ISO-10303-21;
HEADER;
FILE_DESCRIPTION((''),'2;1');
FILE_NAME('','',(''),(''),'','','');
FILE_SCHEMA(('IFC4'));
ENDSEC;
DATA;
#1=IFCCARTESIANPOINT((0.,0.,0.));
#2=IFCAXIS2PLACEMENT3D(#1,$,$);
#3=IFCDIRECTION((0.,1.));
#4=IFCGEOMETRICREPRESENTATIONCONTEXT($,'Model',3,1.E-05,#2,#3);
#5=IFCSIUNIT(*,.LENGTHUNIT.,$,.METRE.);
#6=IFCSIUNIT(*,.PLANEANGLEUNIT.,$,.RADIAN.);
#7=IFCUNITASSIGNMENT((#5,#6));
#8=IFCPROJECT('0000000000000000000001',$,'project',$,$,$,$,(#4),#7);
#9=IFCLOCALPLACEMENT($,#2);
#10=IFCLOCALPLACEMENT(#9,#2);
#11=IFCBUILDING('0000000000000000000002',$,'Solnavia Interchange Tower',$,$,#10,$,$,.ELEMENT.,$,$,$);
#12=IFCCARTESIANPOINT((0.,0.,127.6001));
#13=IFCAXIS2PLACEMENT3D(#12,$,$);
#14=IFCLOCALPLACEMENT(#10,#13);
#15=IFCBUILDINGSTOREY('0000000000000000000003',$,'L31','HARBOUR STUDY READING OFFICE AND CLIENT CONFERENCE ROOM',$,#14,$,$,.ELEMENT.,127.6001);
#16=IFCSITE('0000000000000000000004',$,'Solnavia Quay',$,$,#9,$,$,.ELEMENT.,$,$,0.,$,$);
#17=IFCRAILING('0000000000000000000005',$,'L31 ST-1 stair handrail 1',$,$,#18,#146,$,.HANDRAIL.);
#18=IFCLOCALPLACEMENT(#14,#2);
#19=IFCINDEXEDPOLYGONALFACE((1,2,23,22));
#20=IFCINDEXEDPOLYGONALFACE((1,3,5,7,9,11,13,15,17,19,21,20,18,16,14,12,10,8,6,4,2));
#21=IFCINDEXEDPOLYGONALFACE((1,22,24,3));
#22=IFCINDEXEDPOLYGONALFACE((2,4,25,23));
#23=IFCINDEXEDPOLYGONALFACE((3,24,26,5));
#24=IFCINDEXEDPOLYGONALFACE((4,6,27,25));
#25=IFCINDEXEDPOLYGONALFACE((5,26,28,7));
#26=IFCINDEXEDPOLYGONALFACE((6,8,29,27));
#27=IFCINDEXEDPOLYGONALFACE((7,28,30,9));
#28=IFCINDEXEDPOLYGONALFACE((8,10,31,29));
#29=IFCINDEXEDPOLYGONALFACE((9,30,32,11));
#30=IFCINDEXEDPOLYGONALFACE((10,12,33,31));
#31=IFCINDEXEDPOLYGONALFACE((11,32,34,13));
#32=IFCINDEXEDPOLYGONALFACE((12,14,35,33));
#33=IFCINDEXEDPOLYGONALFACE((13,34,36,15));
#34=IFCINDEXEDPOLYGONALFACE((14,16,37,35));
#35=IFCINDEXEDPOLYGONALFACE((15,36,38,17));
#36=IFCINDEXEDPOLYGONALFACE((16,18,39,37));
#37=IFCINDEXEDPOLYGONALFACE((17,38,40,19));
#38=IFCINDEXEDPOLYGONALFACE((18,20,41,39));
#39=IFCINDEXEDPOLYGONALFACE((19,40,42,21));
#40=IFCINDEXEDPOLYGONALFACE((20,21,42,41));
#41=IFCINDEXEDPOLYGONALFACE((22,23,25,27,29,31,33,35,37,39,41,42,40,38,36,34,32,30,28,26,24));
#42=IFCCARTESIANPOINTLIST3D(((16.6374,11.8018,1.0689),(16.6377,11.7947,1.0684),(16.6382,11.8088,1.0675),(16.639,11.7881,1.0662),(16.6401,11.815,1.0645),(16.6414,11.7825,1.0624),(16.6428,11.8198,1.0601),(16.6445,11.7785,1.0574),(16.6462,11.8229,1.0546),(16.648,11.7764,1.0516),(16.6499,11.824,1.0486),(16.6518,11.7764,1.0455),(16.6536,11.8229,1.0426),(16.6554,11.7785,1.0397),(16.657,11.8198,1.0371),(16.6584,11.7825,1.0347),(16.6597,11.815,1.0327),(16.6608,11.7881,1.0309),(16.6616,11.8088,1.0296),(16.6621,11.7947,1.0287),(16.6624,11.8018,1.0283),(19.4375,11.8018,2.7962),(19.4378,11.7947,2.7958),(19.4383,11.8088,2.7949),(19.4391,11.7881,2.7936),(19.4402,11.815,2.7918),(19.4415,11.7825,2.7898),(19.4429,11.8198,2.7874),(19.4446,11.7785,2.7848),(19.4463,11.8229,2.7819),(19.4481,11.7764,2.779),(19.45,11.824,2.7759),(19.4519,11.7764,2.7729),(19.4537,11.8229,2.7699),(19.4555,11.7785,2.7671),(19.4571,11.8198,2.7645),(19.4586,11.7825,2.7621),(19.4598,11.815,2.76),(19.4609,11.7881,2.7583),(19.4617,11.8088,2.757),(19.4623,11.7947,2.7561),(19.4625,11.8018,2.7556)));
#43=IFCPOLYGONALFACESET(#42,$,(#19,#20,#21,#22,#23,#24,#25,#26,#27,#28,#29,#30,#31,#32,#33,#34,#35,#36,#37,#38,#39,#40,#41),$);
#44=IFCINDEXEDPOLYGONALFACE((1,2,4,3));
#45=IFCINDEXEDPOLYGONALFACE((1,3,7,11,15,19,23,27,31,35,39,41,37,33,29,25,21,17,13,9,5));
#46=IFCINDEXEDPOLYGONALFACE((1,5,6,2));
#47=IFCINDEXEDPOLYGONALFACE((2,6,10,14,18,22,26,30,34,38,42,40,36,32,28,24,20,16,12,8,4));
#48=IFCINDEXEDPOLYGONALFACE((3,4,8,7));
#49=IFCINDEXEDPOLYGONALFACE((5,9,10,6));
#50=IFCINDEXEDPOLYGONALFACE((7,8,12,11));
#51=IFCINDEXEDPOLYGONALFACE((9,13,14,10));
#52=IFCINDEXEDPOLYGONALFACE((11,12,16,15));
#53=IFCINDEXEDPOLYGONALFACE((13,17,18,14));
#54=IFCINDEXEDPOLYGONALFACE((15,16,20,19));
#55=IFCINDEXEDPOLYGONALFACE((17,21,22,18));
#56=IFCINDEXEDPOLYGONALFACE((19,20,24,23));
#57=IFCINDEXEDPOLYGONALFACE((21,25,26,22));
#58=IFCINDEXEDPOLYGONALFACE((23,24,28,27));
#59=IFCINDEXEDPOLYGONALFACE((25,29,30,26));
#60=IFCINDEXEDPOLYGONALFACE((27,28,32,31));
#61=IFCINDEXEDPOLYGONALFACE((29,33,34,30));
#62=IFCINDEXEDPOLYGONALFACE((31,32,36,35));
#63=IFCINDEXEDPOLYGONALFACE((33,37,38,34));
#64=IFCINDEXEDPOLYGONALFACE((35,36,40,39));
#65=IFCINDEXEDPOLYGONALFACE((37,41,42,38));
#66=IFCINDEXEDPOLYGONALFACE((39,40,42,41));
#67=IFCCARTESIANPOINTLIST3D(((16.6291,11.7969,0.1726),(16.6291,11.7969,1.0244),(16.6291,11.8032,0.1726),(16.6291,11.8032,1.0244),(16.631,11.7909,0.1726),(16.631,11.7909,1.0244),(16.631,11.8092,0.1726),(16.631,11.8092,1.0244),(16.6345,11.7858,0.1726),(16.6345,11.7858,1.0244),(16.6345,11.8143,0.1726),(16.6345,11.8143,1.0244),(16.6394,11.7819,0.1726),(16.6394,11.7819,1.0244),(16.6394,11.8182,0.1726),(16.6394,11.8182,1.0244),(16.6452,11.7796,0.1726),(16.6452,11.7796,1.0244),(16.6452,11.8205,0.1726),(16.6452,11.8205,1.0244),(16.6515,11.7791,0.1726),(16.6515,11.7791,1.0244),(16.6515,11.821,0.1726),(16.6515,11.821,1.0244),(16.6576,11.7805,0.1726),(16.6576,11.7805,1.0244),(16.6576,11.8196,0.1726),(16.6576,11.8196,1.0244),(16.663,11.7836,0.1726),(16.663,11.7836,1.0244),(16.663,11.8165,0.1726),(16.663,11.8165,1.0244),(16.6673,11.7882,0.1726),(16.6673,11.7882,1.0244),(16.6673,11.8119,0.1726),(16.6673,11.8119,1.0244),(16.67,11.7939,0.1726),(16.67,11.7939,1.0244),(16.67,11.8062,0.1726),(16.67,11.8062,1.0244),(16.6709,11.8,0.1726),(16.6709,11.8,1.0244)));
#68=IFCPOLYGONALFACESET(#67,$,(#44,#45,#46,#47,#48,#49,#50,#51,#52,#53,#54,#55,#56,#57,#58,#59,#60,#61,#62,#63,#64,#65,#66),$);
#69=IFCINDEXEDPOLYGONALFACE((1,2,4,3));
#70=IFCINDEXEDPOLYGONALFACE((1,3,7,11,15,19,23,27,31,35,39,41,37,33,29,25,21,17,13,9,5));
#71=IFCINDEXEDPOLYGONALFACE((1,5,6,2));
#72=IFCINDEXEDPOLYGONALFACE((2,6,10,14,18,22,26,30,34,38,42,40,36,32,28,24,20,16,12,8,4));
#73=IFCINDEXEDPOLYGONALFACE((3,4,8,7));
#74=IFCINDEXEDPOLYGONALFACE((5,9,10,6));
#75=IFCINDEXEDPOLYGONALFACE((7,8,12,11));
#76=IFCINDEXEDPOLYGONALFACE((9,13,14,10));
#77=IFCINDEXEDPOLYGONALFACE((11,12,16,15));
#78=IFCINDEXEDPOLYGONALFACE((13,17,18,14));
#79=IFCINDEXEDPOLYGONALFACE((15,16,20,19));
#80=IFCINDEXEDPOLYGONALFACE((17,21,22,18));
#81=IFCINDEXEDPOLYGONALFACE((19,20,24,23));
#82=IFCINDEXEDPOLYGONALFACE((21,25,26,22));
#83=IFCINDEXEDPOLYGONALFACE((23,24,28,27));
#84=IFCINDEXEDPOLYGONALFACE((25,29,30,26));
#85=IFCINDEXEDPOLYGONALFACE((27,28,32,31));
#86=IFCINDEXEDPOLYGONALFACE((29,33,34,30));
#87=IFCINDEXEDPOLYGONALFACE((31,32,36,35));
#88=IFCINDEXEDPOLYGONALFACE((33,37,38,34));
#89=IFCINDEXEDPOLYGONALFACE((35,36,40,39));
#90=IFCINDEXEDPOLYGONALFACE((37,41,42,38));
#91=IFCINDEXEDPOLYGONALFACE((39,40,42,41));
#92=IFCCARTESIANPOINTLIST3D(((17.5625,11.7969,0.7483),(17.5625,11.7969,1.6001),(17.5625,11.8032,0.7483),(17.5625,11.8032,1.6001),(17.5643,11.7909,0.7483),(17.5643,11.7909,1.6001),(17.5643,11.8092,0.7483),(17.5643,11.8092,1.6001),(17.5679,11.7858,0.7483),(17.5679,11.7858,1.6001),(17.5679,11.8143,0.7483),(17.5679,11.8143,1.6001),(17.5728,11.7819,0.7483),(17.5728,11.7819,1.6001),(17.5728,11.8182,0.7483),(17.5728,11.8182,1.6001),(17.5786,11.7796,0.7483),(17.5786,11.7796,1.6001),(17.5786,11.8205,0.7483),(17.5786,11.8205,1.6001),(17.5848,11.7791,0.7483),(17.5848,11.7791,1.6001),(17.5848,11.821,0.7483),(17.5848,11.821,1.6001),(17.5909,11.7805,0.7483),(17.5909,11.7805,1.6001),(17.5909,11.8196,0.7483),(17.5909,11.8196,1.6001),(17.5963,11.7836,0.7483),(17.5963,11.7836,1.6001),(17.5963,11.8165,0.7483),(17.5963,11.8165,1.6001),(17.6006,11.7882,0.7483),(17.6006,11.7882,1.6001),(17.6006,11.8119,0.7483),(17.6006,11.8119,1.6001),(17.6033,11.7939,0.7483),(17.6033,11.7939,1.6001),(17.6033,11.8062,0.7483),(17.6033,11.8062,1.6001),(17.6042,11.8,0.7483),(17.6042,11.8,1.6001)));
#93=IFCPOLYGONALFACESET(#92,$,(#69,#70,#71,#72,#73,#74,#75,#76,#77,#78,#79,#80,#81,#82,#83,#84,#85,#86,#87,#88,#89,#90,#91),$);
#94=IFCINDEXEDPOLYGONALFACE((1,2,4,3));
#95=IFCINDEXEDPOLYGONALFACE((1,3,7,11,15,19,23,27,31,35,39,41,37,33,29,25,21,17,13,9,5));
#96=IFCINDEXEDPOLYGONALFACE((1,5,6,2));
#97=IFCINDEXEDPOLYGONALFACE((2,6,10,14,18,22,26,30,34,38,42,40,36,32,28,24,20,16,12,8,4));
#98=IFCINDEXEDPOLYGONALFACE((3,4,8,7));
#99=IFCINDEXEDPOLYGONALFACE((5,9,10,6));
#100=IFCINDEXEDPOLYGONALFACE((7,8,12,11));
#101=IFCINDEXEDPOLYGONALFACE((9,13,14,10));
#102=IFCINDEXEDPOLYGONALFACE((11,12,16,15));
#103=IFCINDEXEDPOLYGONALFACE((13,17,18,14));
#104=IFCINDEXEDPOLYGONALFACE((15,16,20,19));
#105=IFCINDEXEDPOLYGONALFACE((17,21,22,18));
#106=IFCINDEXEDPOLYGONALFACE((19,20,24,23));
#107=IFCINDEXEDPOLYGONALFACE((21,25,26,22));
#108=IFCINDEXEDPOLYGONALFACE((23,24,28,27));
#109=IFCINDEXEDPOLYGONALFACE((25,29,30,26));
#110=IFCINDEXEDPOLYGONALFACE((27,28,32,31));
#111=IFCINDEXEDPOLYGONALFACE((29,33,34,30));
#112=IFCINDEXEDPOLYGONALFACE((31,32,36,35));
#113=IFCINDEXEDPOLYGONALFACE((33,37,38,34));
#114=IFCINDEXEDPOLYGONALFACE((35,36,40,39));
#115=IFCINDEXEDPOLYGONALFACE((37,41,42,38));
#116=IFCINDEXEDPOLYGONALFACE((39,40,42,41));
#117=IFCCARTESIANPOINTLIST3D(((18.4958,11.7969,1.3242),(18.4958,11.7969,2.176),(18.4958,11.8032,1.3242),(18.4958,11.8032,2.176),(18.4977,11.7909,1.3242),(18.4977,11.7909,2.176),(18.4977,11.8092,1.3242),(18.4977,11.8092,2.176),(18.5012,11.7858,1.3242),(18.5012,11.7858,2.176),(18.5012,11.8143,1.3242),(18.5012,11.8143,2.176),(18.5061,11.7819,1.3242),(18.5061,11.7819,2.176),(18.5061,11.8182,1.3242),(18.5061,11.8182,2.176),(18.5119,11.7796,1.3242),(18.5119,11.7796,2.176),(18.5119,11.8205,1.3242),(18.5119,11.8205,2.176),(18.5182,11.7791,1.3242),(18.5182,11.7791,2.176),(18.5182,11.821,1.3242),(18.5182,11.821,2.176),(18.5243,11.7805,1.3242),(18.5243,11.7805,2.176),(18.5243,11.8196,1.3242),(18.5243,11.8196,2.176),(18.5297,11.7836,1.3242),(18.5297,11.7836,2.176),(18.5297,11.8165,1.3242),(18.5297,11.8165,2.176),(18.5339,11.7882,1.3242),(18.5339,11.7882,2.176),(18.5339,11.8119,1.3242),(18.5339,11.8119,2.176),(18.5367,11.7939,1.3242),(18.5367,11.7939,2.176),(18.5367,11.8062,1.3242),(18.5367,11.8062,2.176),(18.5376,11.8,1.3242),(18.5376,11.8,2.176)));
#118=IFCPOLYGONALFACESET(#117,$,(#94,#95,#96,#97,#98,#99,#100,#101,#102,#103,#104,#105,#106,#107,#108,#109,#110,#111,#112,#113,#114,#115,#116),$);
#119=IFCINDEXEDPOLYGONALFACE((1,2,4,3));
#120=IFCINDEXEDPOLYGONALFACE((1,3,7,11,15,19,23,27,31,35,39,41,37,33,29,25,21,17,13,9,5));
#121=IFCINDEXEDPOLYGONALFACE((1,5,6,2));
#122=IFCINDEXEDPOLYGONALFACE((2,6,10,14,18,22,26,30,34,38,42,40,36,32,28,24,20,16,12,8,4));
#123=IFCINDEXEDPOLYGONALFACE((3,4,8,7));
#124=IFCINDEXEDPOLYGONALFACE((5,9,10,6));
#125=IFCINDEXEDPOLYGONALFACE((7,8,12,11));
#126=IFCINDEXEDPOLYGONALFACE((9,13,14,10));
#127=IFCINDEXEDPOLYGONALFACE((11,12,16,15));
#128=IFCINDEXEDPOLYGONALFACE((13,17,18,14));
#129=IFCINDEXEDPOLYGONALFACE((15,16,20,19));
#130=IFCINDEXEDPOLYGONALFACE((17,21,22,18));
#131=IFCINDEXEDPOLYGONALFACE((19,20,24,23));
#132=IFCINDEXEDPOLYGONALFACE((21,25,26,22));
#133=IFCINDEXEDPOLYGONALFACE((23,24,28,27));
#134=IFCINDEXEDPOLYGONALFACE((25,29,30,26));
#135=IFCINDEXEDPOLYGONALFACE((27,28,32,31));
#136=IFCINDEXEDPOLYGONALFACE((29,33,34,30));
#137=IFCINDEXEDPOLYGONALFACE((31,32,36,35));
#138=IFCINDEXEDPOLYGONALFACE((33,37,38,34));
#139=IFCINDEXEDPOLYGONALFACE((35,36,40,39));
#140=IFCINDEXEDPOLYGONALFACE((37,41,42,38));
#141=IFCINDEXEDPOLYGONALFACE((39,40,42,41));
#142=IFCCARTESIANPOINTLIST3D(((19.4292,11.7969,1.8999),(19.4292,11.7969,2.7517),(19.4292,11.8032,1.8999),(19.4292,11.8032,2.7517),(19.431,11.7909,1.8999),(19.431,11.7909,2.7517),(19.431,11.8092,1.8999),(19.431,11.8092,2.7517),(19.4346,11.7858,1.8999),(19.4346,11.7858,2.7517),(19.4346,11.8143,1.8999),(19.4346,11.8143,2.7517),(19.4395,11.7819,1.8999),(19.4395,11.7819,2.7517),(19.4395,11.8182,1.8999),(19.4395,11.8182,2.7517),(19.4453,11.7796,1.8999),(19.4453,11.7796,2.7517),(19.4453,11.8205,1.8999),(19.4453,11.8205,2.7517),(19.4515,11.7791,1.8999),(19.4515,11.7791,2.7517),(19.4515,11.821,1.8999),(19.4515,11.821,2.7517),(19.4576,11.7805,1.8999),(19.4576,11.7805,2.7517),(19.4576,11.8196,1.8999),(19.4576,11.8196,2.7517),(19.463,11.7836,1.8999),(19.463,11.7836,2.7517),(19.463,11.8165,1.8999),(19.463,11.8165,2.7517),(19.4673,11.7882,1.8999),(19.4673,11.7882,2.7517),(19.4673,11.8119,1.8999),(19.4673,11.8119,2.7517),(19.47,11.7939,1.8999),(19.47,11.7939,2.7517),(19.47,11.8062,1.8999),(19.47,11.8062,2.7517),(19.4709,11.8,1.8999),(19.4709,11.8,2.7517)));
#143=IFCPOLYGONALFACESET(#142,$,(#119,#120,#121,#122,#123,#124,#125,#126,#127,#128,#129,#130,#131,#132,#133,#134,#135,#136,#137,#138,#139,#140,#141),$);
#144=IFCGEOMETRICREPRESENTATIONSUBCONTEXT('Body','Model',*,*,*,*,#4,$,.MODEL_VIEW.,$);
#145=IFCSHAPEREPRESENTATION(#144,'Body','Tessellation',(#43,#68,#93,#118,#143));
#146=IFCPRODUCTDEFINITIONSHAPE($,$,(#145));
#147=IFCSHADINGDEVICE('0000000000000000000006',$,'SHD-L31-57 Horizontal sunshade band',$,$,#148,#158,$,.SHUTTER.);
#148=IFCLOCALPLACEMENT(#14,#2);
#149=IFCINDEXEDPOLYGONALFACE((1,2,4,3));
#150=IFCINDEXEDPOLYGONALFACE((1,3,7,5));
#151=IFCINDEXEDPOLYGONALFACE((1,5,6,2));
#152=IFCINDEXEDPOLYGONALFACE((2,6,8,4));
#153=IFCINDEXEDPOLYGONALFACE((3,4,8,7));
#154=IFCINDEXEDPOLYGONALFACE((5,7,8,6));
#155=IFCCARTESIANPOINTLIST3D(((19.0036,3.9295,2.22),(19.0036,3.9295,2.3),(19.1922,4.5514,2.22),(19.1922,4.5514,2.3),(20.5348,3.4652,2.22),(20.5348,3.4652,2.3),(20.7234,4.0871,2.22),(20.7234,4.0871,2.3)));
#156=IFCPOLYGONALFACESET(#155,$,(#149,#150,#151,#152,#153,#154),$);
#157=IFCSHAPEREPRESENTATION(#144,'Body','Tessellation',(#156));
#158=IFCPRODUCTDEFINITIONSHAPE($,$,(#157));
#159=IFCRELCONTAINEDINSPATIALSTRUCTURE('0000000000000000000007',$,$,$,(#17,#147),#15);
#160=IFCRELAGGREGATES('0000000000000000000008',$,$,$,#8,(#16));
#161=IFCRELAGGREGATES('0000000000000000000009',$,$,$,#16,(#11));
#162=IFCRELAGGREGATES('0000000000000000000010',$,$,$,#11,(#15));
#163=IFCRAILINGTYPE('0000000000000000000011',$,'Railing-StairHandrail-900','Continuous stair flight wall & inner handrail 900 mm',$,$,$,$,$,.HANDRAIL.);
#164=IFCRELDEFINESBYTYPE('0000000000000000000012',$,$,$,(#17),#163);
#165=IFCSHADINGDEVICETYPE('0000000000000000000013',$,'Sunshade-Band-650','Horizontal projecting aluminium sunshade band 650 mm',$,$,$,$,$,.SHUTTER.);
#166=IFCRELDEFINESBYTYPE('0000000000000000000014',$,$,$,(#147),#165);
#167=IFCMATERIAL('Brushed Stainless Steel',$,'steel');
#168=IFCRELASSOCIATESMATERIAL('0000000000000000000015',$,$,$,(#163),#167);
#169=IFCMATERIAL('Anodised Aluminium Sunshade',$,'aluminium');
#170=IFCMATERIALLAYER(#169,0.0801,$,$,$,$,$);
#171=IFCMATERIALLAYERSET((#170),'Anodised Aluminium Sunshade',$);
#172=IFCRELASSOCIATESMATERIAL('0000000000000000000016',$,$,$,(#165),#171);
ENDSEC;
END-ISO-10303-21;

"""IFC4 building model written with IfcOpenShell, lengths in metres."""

from ifc_helpers import new_model, si_unit, direction, frame, origin, origin_2d, place, context, subcontext, project, spatial, rectangle, circle, extrude, material, layer, layer_set, type_object, element, save


model = new_model("IFC4")

# Units and contexts
model_context = context("Model", 3, precision=1e-05, world=origin(), true_north=direction((0.0, 1.0)))
body_context = subcontext(model_context, "Body", "Model", "MODEL_VIEW")
ifc_project = project(units=[si_unit("LENGTHUNIT", "METRE"), si_unit("PLANEANGLEUNIT", "RADIAN")], contexts=[model_context])

# Site, building, storey
site_placement = place(None, origin())
site = spatial("IfcSite", under=ifc_project, at=site_placement, Name="Solnavia Quay", CompositionType="ELEMENT", RefElevation=0.0)
building_placement = place(site_placement, origin())
building = spatial("IfcBuilding", under=site, at=building_placement, Name="Solnavia Interchange Tower", CompositionType="ELEMENT")
storey_placement = place(building_placement, frame((0.0, 0.0, 127.6001)))
storey = spatial("IfcBuildingStorey", under=building, at=storey_placement, Name="L31", Description="HARBOUR STUDY READING OFFICE AND CLIENT CONFERENCE ROOM", CompositionType="ELEMENT", Elevation=127.6001)

# Railing
ifc_material_1 = material(Name="Brushed Stainless Steel", Category="steel")
railing_type_1 = type_object("IfcRailingType", Name="Railing-StairHandrail-900", Description="Continuous stair flight wall & inner handrail 900 mm", PredefinedType="HANDRAIL", material=ifc_material_1)
railing_1_placement = place(storey_placement, frame((16.6499, 11.8, 0.1726)))
element("IfcRailing", 1, at=railing_1_placement, inside=storey, type_object=railing_type_1, Name="L31 ST-1 stair handrail 1", PredefinedType="HANDRAIL", context=body_context, shape_type="SweptSolid", body=[
    extrude(circle(Radius=0.0239, at=origin_2d()), frame((0.0, 0.0, 0.876), z_axis=(0.85109, 0.0, 0.52502), x_axis=(0.0, 1.0, 0.0)), (0.0, 0.0, 1.0), 3.29),
    extrude(circle(Radius=0.021, at=origin_2d()), origin(), (0.0, 0.0, 1.0), 0.8518),
    extrude(circle(Radius=0.021, at=origin_2d()), frame((0.9333, 0.0, 0.5757)), (0.0, 0.0, 1.0), 0.8518),
    extrude(circle(Radius=0.021, at=origin_2d()), frame((1.8667, 0.0, 1.1516)), (0.0, 0.0, 1.0), 0.8518),
    extrude(circle(Radius=0.021, at=origin_2d()), frame((2.8, 0.0, 1.7273)), (0.0, 0.0, 1.0), 0.8518),
])

# Shading device
ifc_material_2 = material(Name="Anodised Aluminium Sunshade", Category="aluminium")
ifc_layer_1 = layer(ifc_material_2, 0.0801)
ifc_layer_set_1 = layer_set([ifc_layer_1], Name="Anodised Aluminium Sunshade")
shading_device_type = type_object("IfcShadingDeviceType", Name="Sunshade-Band-650", Description="Horizontal projecting aluminium sunshade band 650 mm", PredefinedType="SHUTTER", material=ifc_layer_set_1)
shading_device_placement = place(storey_placement, frame((19.8635, 4.0083, 2.22), z_axis=(0.0, 0.0, 1.0), x_axis=(-0.956966, 0.290201, 0.0)))
element("IfcShadingDevice", 2, at=shading_device_placement, inside=storey, type_object=shading_device_type, Name="SHD-L31-57 Horizontal sunshade band", PredefinedType="SHUTTER", context=body_context, shape_type="SweptSolid", body=[
    extrude(rectangle(XDim=1.6001, YDim=0.6499, at=origin_2d()), origin(), (0.0, 0.0, 1.0), 0.0801),
])

save(model, "model.ifc")
